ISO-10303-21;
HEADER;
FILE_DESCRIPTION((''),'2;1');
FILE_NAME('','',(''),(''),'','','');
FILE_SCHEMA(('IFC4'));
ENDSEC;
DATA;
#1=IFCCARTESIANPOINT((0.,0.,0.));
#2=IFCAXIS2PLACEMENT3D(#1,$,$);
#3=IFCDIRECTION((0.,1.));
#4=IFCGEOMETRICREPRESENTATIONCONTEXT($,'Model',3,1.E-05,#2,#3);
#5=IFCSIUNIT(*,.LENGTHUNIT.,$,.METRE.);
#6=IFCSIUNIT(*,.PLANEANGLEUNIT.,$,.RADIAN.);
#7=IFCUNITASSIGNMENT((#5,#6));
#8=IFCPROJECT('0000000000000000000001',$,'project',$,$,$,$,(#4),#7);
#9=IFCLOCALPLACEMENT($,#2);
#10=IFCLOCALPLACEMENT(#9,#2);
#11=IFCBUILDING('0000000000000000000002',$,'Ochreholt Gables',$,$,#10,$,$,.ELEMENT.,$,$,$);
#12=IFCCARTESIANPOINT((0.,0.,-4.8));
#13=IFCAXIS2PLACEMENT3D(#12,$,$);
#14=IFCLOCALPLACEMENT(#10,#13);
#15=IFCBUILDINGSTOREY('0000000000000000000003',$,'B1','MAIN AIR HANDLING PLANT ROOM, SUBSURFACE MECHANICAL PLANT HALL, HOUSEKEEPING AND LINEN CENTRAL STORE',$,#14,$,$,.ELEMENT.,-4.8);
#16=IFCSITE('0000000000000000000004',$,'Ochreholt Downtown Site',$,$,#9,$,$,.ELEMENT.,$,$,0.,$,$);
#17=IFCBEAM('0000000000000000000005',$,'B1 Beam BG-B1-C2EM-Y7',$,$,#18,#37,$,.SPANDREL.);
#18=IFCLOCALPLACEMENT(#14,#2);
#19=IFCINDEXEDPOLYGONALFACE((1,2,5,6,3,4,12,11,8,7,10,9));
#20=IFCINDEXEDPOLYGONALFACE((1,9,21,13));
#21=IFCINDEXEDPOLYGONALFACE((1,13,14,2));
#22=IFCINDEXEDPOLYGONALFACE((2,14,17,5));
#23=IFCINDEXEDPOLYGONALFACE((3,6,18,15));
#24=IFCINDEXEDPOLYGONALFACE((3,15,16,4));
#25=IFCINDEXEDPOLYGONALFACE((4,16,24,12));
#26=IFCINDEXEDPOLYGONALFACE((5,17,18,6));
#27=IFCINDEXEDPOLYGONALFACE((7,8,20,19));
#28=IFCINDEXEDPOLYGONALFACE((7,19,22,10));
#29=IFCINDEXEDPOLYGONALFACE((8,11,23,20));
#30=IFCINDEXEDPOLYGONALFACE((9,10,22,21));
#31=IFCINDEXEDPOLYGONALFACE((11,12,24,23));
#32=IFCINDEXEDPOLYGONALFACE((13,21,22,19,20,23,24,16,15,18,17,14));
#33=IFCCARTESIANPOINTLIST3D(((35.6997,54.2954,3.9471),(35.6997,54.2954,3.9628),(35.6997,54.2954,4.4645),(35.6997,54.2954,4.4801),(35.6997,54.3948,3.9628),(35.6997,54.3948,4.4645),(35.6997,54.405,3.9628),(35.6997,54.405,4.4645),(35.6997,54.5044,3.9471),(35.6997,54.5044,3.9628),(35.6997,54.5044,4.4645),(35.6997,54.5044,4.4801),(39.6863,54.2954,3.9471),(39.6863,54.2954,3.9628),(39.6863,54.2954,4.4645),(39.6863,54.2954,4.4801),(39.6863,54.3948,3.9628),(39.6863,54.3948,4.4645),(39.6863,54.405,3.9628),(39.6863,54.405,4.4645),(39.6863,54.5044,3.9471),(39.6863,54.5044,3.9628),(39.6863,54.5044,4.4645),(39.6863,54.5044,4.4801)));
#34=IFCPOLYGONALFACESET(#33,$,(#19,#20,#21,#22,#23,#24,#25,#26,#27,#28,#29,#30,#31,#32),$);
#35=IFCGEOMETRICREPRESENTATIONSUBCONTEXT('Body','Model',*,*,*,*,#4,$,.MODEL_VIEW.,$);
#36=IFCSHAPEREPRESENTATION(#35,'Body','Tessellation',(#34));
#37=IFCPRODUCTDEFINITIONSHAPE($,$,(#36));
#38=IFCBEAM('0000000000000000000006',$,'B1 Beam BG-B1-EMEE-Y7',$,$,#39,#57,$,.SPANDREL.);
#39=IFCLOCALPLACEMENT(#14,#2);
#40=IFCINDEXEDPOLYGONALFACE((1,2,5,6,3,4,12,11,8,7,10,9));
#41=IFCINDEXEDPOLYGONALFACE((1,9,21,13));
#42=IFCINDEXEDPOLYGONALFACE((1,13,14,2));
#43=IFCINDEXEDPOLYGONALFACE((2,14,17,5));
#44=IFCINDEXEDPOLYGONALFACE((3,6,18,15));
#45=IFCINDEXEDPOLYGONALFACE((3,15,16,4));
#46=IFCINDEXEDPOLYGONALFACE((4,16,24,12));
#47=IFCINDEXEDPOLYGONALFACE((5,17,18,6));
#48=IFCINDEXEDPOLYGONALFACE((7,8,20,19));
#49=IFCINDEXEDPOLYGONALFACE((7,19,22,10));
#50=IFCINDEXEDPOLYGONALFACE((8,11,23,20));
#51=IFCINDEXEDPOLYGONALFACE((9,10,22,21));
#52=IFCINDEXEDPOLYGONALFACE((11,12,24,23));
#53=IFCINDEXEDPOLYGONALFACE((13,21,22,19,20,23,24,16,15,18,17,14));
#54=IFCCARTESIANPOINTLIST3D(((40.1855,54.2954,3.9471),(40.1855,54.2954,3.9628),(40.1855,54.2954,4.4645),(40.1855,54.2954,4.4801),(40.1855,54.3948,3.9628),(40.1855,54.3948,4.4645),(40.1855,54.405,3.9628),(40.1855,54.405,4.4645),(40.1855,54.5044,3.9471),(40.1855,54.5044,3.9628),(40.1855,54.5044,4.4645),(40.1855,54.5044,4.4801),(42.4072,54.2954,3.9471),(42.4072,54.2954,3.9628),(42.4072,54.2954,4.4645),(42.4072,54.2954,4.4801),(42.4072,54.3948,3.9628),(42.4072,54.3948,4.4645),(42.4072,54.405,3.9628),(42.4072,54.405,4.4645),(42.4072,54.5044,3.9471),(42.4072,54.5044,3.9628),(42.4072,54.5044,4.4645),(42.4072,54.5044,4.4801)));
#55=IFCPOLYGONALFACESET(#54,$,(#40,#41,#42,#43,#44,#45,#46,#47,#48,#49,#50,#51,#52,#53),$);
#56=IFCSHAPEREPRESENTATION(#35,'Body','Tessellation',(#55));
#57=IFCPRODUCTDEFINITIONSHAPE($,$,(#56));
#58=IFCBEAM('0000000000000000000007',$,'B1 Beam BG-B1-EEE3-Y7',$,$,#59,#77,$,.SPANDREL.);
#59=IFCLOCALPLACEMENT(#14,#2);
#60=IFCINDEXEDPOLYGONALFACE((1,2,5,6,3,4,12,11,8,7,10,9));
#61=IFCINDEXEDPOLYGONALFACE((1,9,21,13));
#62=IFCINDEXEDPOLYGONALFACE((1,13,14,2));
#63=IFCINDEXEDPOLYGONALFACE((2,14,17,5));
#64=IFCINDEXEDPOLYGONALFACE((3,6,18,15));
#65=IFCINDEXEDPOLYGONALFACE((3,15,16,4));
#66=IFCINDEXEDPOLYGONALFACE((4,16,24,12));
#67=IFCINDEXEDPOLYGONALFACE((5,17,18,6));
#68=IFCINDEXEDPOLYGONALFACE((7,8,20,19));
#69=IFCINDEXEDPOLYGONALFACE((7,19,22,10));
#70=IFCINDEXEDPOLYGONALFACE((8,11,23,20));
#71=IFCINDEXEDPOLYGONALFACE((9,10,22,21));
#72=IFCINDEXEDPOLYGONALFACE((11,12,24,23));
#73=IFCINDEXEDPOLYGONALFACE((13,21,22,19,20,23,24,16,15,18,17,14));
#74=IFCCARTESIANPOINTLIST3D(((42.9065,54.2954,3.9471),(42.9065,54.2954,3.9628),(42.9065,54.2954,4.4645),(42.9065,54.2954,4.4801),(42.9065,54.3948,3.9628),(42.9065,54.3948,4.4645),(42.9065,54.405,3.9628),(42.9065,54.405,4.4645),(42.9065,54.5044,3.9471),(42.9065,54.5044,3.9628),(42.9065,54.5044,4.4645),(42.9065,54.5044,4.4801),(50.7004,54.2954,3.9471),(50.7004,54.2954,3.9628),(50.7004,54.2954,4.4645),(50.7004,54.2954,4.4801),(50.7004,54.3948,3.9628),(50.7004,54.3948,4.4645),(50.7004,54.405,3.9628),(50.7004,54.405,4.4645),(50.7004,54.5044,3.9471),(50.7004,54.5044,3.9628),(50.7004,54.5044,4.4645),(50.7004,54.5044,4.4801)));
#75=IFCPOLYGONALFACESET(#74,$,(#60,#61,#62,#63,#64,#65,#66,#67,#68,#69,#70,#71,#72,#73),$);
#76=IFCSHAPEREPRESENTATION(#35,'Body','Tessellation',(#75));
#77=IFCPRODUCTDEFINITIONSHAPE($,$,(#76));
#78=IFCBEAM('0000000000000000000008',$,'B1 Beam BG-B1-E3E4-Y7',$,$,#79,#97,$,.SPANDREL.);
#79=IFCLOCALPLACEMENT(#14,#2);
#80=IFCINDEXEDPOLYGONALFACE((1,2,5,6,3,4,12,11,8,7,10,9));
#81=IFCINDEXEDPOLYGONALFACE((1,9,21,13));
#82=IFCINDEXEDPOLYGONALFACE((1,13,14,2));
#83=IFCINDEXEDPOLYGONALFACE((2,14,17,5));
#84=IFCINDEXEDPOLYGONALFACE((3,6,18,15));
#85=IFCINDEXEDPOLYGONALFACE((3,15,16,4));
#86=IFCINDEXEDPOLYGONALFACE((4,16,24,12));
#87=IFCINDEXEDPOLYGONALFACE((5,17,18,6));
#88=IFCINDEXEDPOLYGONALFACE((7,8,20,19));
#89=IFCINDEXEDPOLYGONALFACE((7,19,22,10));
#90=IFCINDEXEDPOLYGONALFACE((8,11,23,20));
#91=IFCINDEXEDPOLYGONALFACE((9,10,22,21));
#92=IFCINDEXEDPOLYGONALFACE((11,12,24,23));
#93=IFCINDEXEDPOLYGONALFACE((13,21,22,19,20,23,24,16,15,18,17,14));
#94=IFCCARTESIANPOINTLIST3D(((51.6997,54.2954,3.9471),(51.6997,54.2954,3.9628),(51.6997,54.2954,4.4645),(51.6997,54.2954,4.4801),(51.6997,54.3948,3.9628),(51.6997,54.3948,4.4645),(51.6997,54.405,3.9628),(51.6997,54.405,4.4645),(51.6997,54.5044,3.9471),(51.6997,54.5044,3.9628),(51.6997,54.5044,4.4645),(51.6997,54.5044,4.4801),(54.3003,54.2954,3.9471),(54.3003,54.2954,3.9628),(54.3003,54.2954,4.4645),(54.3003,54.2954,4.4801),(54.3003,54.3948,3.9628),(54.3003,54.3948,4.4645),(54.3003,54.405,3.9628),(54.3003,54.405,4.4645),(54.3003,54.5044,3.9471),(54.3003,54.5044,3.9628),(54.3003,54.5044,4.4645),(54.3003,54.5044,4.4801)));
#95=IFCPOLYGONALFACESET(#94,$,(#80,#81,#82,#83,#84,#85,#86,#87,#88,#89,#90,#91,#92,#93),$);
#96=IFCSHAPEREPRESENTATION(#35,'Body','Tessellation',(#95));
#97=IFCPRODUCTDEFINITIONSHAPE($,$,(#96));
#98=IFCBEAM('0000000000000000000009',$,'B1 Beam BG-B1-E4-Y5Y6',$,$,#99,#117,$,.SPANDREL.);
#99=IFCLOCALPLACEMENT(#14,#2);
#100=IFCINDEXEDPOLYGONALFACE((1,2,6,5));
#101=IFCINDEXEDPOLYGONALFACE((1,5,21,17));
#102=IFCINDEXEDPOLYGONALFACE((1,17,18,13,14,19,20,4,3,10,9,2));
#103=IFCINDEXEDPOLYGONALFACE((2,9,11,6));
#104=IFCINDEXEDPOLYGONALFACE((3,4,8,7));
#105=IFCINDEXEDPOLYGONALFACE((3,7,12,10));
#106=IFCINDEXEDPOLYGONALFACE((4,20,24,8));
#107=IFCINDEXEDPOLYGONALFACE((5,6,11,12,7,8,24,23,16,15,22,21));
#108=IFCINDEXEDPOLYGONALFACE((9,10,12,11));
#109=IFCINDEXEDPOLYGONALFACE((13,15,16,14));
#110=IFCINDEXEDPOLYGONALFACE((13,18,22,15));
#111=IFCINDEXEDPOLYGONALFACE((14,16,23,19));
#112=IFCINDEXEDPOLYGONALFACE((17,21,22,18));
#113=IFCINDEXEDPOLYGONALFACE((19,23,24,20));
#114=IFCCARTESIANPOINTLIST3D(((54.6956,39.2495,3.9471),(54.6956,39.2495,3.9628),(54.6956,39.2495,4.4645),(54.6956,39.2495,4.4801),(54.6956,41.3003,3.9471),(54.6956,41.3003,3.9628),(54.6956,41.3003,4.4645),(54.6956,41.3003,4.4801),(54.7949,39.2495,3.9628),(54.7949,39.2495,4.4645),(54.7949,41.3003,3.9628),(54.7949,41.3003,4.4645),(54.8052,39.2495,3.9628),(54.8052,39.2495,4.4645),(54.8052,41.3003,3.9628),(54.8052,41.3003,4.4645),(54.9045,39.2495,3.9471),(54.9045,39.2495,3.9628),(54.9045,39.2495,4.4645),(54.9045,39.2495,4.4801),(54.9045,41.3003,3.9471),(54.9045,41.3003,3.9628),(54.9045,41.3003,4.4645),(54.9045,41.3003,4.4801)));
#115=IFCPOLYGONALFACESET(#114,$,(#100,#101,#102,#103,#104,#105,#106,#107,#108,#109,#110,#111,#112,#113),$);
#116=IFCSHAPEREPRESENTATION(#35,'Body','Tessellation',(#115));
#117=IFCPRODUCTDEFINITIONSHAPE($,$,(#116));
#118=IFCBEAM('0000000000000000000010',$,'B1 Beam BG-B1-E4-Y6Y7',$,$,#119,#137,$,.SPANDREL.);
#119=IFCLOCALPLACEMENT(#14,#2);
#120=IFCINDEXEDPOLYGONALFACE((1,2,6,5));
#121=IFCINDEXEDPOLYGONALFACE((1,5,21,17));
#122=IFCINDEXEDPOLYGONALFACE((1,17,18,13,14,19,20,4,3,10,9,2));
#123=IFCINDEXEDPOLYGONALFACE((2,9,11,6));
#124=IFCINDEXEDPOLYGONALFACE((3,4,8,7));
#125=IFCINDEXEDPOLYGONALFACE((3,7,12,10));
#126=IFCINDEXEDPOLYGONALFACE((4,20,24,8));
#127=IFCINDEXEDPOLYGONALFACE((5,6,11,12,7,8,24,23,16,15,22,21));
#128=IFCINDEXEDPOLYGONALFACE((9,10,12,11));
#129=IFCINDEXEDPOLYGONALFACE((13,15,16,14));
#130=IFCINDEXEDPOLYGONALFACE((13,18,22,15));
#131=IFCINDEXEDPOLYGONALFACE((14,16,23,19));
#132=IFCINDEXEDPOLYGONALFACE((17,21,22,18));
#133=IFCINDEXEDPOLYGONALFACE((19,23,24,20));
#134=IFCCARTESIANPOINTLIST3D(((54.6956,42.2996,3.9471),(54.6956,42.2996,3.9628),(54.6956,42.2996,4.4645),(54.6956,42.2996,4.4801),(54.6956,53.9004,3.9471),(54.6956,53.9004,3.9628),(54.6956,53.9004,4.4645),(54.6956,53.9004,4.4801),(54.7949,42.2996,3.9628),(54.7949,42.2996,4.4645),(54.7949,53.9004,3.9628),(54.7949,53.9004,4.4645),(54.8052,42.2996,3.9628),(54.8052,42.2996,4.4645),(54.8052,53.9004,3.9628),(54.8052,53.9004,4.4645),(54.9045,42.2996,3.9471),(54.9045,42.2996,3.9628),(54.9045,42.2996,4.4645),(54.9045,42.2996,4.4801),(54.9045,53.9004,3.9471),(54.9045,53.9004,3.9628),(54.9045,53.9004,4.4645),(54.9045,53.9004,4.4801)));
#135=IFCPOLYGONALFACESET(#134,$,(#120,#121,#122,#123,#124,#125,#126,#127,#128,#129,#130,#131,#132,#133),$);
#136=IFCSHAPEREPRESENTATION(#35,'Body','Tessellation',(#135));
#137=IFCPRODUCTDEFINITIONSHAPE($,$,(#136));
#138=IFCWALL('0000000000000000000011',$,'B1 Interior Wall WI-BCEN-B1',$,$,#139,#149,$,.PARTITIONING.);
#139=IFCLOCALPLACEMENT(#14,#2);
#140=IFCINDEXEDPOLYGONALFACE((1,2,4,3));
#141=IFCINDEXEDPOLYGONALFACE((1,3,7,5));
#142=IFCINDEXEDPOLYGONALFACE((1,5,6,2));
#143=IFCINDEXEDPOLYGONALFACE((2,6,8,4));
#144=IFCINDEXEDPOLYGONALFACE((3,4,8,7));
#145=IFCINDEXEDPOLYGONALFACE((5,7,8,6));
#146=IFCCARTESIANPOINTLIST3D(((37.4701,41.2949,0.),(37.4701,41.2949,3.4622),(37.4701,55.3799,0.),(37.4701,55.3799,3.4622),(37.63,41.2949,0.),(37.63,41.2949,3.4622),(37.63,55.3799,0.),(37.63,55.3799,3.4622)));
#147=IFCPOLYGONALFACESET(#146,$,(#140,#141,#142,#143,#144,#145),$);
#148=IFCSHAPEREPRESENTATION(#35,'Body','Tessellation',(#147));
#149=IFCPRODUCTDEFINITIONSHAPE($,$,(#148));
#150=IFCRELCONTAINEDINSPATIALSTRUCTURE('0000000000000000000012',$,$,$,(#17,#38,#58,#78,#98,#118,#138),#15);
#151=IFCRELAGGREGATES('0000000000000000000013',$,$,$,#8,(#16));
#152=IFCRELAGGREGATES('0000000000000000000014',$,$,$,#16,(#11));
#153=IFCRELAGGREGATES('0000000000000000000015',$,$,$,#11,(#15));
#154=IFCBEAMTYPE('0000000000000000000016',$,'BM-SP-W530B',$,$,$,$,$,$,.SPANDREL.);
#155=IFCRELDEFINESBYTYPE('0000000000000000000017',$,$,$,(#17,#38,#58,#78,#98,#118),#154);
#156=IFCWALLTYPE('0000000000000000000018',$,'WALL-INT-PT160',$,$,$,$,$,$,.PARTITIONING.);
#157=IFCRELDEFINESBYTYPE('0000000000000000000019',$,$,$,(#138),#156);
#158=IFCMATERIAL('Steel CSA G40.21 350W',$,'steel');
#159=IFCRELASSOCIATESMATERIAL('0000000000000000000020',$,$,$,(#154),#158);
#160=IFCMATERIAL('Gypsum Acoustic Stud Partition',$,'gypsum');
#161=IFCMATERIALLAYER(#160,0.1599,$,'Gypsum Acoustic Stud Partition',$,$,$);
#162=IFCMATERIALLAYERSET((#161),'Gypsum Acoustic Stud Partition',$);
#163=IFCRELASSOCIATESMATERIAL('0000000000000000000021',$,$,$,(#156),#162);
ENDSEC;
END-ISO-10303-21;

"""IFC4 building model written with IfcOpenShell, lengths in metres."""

from ifc_helpers import new_model, si_unit, direction, frame, frame_2d, origin, origin_2d, place, context, subcontext, project, spatial, rectangle, i_section, extrude, material, layer, layer_set, material_profile, profile_set, type_object, element, save


model = new_model("IFC4")

# Units and contexts
model_context = context("Model", 3, precision=1e-05, world=origin(), true_north=direction((0.0, 1.0)))
body_context = subcontext(model_context, "Body", "Model", "MODEL_VIEW")
ifc_project = project(units=[si_unit("LENGTHUNIT", "METRE"), si_unit("PLANEANGLEUNIT", "RADIAN")], contexts=[model_context])

# Site, building, storey
site_placement = place(None, origin())
site = spatial("IfcSite", under=ifc_project, at=site_placement, Name="Ochreholt Downtown Site", CompositionType="ELEMENT", RefElevation=0.0)
building_placement = place(site_placement, origin())
building = spatial("IfcBuilding", under=site, at=building_placement, Name="Ochreholt Gables", CompositionType="ELEMENT")
storey_placement = place(building_placement, frame((0.0, 0.0, -4.8)))
storey = spatial("IfcBuildingStorey", under=building, at=storey_placement, Name="B1", Description="MAIN AIR HANDLING PLANT ROOM, SUBSURFACE MECHANICAL PLANT HALL, HOUSEKEEPING AND LINEN CENTRAL STORE", CompositionType="ELEMENT", Elevation=-4.8)

# Shared definitions
ifc_material_1 = material(Name="Steel CSA G40.21 350W", Category="steel")

# Beams
ifc_material_profile_1 = material_profile(ifc_material_1, i_section(OverallWidth=0.209, OverallDepth=0.533, WebThickness=0.0103, FlangeThickness=0.0156, at=origin_2d()), Name="W530X92")
ifc_profile_set_1 = profile_set([ifc_material_profile_1], Name="Steel CSA G40.21 350W")
beam_type_1 = type_object("IfcBeamType", Name="BM-SP-W530B", PredefinedType="SPANDREL", material=ifc_profile_set_1)
beam_1_placement = place(storey_placement, frame((35.6997, 54.3999, 4.2136), z_axis=(1.0, 0.0, 0.0), x_axis=(0.0, 1.0, 0.0)))
element("IfcBeam", 1, at=beam_1_placement, inside=storey, type_object=beam_type_1, Name="B1 Beam BG-B1-C2EM-Y7", PredefinedType="SPANDREL", context=body_context, shape_type="SweptSolid", body=[
    extrude(i_section(OverallWidth=0.209, OverallDepth=0.533, WebThickness=0.0103, FlangeThickness=0.0156, at=origin_2d()), origin(), (0.0, 0.0, 1.0), 3.9866),
])
beam_2_placement = place(storey_placement, frame((40.1855, 54.3999, 4.2136), z_axis=(1.0, 0.0, 0.0), x_axis=(0.0, 1.0, 0.0)))
element("IfcBeam", 2, at=beam_2_placement, inside=storey, type_object=beam_type_1, Name="B1 Beam BG-B1-EMEE-Y7", PredefinedType="SPANDREL", context=body_context, shape_type="SweptSolid", body=[
    extrude(i_section(OverallWidth=0.209, OverallDepth=0.533, WebThickness=0.0103, FlangeThickness=0.0156, at=origin_2d()), origin(), (0.0, 0.0, 1.0), 2.2217),
])
beam_3_placement = place(storey_placement, frame((42.9065, 54.3999, 4.2136), z_axis=(1.0, 0.0, 0.0), x_axis=(0.0, 1.0, 0.0)))
element("IfcBeam", 3, at=beam_3_placement, inside=storey, type_object=beam_type_1, Name="B1 Beam BG-B1-EEE3-Y7", PredefinedType="SPANDREL", context=body_context, shape_type="SweptSolid", body=[
    extrude(i_section(OverallWidth=0.209, OverallDepth=0.533, WebThickness=0.0103, FlangeThickness=0.0156, at=origin_2d()), origin(), (0.0, 0.0, 1.0), 7.7939),
])
beam_4_placement = place(storey_placement, frame((51.6997, 54.3999, 4.2136), z_axis=(1.0, 0.0, 0.0), x_axis=(0.0, 1.0, 0.0)))
element("IfcBeam", 4, at=beam_4_placement, inside=storey, type_object=beam_type_1, Name="B1 Beam BG-B1-E3E4-Y7", PredefinedType="SPANDREL", context=body_context, shape_type="SweptSolid", body=[
    extrude(i_section(OverallWidth=0.209, OverallDepth=0.533, WebThickness=0.0103, FlangeThickness=0.0156, at=origin_2d()), origin(), (0.0, 0.0, 1.0), 2.6006),
])
beam_5_placement = place(storey_placement, frame((54.8, 39.2495, 4.2136), z_axis=(0.0, 1.0, 0.0), x_axis=(-1.0, 0.0, 0.0)))
element("IfcBeam", 5, at=beam_5_placement, inside=storey, type_object=beam_type_1, Name="B1 Beam BG-B1-E4-Y5Y6", PredefinedType="SPANDREL", context=body_context, shape_type="SweptSolid", body=[
    extrude(i_section(OverallWidth=0.209, OverallDepth=0.533, WebThickness=0.0103, FlangeThickness=0.0156, at=origin_2d()), origin(), (0.0, 0.0, 1.0), 2.0508),
])
beam_6_placement = place(storey_placement, frame((54.8, 42.2996, 4.2136), z_axis=(0.0, 1.0, 0.0), x_axis=(-1.0, 0.0, 0.0)))
element("IfcBeam", 6, at=beam_6_placement, inside=storey, type_object=beam_type_1, Name="B1 Beam BG-B1-E4-Y6Y7", PredefinedType="SPANDREL", context=body_context, shape_type="SweptSolid", body=[
    extrude(i_section(OverallWidth=0.209, OverallDepth=0.533, WebThickness=0.0103, FlangeThickness=0.0156, at=origin_2d()), origin(), (0.0, 0.0, 1.0), 11.6008),
])

# Wall
ifc_material_2 = material(Name="Gypsum Acoustic Stud Partition", Category="gypsum")
ifc_layer = layer(ifc_material_2, 0.1599, Name="Gypsum Acoustic Stud Partition")
ifc_layer_set = layer_set([ifc_layer], Name="Gypsum Acoustic Stud Partition")
wall_type = type_object("IfcWallType", Name="WALL-INT-PT160", PredefinedType="PARTITIONING", material=ifc_layer_set)
wall_placement = place(storey_placement, frame((37.55, 41.2949, 0.0), z_axis=(0.0, 0.0, 1.0), x_axis=(0.0, 1.0, 0.0)))
element("IfcWall", 7, at=wall_placement, inside=storey, type_object=wall_type, Name="B1 Interior Wall WI-BCEN-B1", PredefinedType="PARTITIONING", context=body_context, shape_type="SweptSolid", body=[
    extrude(rectangle(XDim=14.085, YDim=0.1599, at=frame_2d((7.0425, 0.0))), origin(), (0.0, 0.0, 1.0), 3.4622),
])

save(model, "model.ifc")
